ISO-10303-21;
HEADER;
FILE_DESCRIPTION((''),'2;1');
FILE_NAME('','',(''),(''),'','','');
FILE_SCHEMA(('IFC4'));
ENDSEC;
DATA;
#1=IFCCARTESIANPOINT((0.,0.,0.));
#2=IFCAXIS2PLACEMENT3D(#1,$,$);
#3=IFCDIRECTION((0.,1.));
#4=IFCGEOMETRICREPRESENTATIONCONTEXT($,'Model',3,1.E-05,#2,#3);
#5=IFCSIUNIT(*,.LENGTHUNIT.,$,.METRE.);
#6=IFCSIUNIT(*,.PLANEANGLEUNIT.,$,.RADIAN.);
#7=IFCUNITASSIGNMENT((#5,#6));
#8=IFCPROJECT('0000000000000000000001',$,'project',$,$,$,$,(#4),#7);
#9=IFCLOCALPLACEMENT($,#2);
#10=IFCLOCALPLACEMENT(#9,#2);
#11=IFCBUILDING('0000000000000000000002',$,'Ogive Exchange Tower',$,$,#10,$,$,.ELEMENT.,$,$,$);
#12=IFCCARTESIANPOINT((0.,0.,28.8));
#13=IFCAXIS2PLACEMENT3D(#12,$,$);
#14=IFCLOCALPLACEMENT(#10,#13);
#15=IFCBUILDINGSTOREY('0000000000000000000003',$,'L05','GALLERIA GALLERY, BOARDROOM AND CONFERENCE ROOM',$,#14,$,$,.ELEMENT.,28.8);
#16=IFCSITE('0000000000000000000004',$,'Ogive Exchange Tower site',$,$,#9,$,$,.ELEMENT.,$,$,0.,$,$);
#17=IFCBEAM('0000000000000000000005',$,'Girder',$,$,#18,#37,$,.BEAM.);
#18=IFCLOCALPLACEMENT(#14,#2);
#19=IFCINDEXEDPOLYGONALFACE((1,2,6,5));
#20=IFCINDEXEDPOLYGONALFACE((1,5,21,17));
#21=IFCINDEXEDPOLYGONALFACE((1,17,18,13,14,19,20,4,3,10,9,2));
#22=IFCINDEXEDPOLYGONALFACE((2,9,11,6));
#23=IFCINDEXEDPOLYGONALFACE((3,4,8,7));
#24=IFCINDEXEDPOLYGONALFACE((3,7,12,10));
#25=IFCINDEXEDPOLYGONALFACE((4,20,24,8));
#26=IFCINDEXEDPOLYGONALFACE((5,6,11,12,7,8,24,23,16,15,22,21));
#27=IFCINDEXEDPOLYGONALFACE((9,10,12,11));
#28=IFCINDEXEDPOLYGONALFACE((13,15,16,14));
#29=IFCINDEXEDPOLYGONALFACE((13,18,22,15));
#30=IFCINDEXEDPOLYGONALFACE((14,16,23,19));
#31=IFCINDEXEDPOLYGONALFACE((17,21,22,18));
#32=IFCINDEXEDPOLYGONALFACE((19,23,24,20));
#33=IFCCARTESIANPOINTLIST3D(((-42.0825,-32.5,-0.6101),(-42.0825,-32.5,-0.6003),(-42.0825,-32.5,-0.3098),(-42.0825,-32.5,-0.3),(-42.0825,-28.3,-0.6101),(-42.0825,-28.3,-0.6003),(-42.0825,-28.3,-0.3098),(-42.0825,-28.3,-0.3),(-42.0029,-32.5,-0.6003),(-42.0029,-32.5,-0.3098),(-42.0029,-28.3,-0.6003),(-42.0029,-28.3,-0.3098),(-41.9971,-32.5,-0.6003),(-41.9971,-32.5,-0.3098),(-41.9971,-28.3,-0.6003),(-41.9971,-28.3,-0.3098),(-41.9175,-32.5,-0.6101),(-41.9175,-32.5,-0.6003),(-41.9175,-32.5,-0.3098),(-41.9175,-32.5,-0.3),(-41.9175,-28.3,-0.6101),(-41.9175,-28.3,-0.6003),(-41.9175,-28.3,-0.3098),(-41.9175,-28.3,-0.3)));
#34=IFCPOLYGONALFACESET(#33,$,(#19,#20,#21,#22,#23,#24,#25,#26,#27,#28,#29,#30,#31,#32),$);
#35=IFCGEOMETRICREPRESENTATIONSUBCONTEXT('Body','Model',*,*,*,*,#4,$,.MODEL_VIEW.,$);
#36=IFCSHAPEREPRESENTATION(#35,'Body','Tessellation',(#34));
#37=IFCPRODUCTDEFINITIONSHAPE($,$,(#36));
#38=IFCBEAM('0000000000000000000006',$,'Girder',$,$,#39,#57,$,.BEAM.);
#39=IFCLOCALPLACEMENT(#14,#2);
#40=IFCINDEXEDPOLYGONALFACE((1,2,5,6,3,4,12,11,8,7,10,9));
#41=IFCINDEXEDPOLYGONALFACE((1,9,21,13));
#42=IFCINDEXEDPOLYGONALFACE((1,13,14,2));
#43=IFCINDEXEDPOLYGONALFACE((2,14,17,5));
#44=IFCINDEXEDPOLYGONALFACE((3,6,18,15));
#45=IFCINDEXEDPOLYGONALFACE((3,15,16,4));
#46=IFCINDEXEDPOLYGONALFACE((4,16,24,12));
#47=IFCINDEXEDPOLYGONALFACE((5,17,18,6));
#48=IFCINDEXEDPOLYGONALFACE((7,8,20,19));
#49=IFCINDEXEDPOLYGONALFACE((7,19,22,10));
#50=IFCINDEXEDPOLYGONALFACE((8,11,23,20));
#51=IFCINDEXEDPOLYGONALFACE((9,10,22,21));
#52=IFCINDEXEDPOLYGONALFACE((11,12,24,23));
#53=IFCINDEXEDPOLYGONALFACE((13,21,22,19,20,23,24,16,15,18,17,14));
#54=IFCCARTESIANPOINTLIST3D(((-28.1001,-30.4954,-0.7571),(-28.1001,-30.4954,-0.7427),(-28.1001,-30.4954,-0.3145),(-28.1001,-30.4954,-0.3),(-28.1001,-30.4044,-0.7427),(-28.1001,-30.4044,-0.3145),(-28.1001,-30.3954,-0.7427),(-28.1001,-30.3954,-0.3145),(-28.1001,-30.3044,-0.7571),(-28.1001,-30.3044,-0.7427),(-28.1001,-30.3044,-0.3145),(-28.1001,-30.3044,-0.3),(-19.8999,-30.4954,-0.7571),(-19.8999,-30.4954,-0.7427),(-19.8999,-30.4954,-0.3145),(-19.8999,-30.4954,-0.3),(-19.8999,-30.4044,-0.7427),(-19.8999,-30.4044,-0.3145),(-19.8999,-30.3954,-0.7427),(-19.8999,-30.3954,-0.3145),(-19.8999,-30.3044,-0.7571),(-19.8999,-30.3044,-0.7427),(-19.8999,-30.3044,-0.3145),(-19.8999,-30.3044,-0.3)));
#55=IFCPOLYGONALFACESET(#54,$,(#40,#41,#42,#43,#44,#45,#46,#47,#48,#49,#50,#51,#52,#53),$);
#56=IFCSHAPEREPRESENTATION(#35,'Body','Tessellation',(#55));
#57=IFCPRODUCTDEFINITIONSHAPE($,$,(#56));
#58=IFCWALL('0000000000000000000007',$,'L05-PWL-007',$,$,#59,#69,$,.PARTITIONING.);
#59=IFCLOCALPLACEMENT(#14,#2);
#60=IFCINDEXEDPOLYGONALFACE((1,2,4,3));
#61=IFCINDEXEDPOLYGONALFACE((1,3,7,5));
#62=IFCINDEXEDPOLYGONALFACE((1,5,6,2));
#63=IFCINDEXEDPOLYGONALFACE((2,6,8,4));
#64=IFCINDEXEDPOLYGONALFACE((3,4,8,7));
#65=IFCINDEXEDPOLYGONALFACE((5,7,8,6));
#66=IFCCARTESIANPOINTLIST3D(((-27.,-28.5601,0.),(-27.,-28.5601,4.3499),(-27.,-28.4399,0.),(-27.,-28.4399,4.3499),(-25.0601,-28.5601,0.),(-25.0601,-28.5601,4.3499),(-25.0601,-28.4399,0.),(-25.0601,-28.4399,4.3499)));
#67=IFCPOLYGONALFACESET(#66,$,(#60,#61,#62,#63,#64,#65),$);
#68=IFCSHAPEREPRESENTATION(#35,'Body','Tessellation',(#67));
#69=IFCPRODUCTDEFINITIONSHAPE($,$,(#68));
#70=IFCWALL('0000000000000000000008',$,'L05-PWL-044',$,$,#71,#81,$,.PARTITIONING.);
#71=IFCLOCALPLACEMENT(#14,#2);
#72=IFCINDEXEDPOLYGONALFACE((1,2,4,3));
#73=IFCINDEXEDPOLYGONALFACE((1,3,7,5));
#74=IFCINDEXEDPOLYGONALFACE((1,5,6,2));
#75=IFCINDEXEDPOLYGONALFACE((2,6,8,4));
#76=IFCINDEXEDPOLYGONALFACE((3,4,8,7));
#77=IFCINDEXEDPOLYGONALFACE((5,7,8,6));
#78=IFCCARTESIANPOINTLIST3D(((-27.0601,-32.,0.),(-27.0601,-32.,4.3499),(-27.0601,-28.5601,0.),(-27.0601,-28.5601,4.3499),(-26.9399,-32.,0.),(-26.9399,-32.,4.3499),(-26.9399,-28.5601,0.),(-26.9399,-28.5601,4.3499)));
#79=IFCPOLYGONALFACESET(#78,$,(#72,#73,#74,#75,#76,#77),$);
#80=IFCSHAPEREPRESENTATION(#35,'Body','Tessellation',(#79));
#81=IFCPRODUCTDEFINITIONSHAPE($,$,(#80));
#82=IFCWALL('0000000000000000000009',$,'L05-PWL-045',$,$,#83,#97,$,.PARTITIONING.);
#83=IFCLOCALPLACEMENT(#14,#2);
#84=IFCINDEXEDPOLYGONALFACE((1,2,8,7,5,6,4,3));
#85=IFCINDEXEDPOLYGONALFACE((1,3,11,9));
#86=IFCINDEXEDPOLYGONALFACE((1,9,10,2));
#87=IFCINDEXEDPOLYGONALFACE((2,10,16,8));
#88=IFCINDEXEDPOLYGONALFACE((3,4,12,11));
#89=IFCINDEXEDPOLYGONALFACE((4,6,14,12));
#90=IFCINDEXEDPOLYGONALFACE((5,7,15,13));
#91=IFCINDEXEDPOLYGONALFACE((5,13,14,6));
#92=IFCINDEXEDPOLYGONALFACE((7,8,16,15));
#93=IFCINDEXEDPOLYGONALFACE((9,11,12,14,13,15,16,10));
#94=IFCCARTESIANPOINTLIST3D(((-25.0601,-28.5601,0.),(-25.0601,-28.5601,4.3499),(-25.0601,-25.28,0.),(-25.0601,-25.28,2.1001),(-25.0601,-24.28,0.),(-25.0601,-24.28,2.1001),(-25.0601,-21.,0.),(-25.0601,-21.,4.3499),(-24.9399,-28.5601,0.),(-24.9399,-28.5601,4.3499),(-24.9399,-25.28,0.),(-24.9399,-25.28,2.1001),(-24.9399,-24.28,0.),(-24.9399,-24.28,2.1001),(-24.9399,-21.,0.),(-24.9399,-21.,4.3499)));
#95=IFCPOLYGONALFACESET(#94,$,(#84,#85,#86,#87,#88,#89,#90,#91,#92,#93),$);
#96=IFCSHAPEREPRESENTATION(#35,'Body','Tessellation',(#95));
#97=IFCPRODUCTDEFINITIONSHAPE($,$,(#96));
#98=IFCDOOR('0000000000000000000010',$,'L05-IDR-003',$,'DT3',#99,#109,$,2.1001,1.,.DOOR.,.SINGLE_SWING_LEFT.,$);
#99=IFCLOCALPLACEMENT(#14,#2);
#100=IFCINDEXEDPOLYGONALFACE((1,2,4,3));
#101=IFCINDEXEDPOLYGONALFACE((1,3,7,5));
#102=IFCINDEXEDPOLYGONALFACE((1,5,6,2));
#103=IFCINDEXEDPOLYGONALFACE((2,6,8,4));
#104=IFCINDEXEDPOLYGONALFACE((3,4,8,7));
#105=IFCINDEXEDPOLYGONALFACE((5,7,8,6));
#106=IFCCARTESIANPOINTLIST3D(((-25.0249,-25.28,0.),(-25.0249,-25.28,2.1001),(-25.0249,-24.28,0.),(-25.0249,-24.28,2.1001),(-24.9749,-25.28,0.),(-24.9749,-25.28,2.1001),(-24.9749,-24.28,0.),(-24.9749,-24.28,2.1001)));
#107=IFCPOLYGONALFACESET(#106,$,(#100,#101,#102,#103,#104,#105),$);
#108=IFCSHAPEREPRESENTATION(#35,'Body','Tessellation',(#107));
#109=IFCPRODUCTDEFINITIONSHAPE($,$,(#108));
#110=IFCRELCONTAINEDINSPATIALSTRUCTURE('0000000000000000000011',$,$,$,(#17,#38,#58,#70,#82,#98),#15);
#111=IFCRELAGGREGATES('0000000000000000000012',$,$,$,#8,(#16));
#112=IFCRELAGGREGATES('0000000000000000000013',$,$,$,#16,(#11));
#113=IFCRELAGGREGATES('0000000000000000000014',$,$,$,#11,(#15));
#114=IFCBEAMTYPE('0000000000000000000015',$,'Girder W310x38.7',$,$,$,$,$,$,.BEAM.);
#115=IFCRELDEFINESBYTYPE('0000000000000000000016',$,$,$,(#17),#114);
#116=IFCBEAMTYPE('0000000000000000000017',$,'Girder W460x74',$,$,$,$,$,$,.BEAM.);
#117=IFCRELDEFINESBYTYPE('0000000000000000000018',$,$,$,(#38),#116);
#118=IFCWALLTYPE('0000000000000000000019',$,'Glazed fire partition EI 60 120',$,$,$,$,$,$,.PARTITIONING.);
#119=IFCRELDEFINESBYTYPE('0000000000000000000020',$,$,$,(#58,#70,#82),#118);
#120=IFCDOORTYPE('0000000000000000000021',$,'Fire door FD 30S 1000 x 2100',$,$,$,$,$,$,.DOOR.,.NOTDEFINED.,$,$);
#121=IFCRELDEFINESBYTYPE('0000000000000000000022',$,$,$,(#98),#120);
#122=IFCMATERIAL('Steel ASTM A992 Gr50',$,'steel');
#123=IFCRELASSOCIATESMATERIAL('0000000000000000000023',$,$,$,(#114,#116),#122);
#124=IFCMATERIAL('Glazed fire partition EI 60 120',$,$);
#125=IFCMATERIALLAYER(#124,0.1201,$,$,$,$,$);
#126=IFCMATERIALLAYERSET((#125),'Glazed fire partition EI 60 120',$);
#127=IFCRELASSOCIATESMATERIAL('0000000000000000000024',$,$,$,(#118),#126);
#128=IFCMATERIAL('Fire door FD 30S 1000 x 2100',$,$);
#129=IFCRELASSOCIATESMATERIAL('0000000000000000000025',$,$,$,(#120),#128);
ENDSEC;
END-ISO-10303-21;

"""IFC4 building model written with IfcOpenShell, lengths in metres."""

from ifc_helpers import new_model, si_unit, direction, frame, frame_2d, origin, origin_2d, place, context, subcontext, project, spatial, rectangle, i_section, extrude, material, layer, layer_set, material_profile, profile_set, type_object, element, fill, save


model = new_model("IFC4")

# Units and contexts
model_context = context("Model", 3, precision=1e-05, world=origin(), true_north=direction((0.0, 1.0)))
body_context = subcontext(model_context, "Body", "Model", "MODEL_VIEW")
ifc_project = project(units=[si_unit("LENGTHUNIT", "METRE"), si_unit("PLANEANGLEUNIT", "RADIAN")], contexts=[model_context])

# Site, building, storey
site_placement = place(None, origin())
site = spatial("IfcSite", under=ifc_project, at=site_placement, Name="Ogive Exchange Tower site", CompositionType="ELEMENT", RefElevation=0.0)
building_placement = place(site_placement, origin())
building = spatial("IfcBuilding", under=site, at=building_placement, Name="Ogive Exchange Tower", CompositionType="ELEMENT")
storey_placement = place(building_placement, frame((0.0, 0.0, 28.8)))
storey = spatial("IfcBuildingStorey", under=building, at=storey_placement, Name="L05", Description="GALLERIA GALLERY, BOARDROOM AND CONFERENCE ROOM", CompositionType="ELEMENT", Elevation=28.8)

# Beams
ifc_material_1 = material(Name="Steel ASTM A992 Gr50", Category="steel")
ifc_material_profile_1 = material_profile(ifc_material_1, i_section(OverallWidth=0.165, OverallDepth=0.3101, WebThickness=0.0059, FlangeThickness=0.0098, at=origin_2d()), Name="W310x38.7")
ifc_profile_set_1 = profile_set([ifc_material_profile_1], Name="Steel ASTM A992 Gr50")
beam_type_1 = type_object("IfcBeamType", Name="Girder W310x38.7", PredefinedType="BEAM", material=ifc_profile_set_1)
beam_1_placement = place(storey_placement, frame((-42.0, -32.5, -0.4551), z_axis=(0.0, 1.0, 0.0), x_axis=(-1.0, 0.0, 0.0)))
element("IfcBeam", 1, at=beam_1_placement, inside=storey, type_object=beam_type_1, Name="Girder", PredefinedType="BEAM", context=body_context, shape_type="SweptSolid", body=[
    extrude(i_section(OverallWidth=0.165, OverallDepth=0.3101, WebThickness=0.0059, FlangeThickness=0.0098, at=origin_2d()), origin(), (0.0, 0.0, 1.0), 4.2),
])
ifc_material_profile_2 = material_profile(ifc_material_1, i_section(OverallWidth=0.1909, OverallDepth=0.457, WebThickness=0.009, FlangeThickness=0.0144, at=origin_2d()), Name="W460x74")
ifc_profile_set_2 = profile_set([ifc_material_profile_2], Name="Steel ASTM A992 Gr50")
beam_type_2 = type_object("IfcBeamType", Name="Girder W460x74", PredefinedType="BEAM", material=ifc_profile_set_2)
beam_2_placement = place(storey_placement, frame((-28.1001, -30.3999, -0.5286), z_axis=(1.0, 0.0, 0.0), x_axis=(0.0, 1.0, 0.0)))
element("IfcBeam", 2, at=beam_2_placement, inside=storey, type_object=beam_type_2, Name="Girder", PredefinedType="BEAM", context=body_context, shape_type="SweptSolid", body=[
    extrude(i_section(OverallWidth=0.1909, OverallDepth=0.457, WebThickness=0.009, FlangeThickness=0.0144, at=origin_2d()), origin(), (0.0, 0.0, 1.0), 8.2002),
])

# Walls
ifc_material_2 = material(Name="Glazed fire partition EI 60 120")
ifc_layer_1 = layer(ifc_material_2, 0.1201)
ifc_layer_set_1 = layer_set([ifc_layer_1], Name="Glazed fire partition EI 60 120")
wall_type_1 = type_object("IfcWallType", Name="Glazed fire partition EI 60 120", PredefinedType="PARTITIONING", material=ifc_layer_set_1)
wall_1_placement = place(storey_placement, frame((-27.0, -28.5, 0.0), z_axis=(0.0, 0.0, 1.0), x_axis=(1.0, 0.0, 0.0)))
element("IfcWall", 3, at=wall_1_placement, inside=storey, type_object=wall_type_1, Name="L05-PWL-007", PredefinedType="PARTITIONING", context=body_context, shape_type="SweptSolid", body=[
    extrude(rectangle(XDim=1.9399, YDim=0.1201, at=frame_2d((0.97, 0.0))), origin(), (0.0, 0.0, 1.0), 4.3499),
])
wall_2_placement = place(storey_placement, frame((-27.0, -32.0, 0.0), z_axis=(0.0, 0.0, 1.0), x_axis=(0.0, 1.0, 0.0)))
element("IfcWall", 4, at=wall_2_placement, inside=storey, type_object=wall_type_1, Name="L05-PWL-044", PredefinedType="PARTITIONING", context=body_context, shape_type="SweptSolid", body=[
    extrude(rectangle(XDim=3.4399, YDim=0.1201, at=frame_2d((1.72, 0.0))), origin(), (0.0, 0.0, 1.0), 4.3499),
])

# Wall, opening, door
wall_3_placement = place(storey_placement, frame((-25.0, -28.5601, 0.0), z_axis=(0.0, 0.0, 1.0), x_axis=(0.0, 1.0, 0.0)))
wall_3 = element("IfcWall", 5, at=wall_3_placement, inside=storey, type_object=wall_type_1, Name="L05-PWL-045", PredefinedType="PARTITIONING", context=body_context, shape_type="SweptSolid", body=[
    extrude(rectangle(XDim=7.5601, YDim=0.1201, at=frame_2d((3.78, 0.0))), origin(), (0.0, 0.0, 1.0), 4.3499),
])
opening_1_placement = place(wall_3_placement, frame((3.28, 0.0, 0.0)))
opening_1 = element("IfcOpeningElement", 6, at=opening_1_placement, cuts=wall_3, PredefinedType="OPENING", context=body_context, shape_type="SweptSolid", body=[
    extrude(rectangle(XDim=1.0, YDim=2.1001, at=frame_2d((0.5, 1.05))), frame((0.0, 0.0701, 0.0), z_axis=(0.0, -1.0, 0.0), x_axis=(1.0, 0.0, 0.0)), (0.0, 0.0, 1.0), 0.1401),
])
ifc_material_3 = material(Name="Fire door FD 30S 1000 x 2100")
door_type = type_object("IfcDoorType", Name="Fire door FD 30S 1000 x 2100", OperationType="NOTDEFINED", PredefinedType="DOOR", material=ifc_material_3)
door_placement = place(opening_1_placement, origin())
door = element("IfcDoor", 7, at=door_placement, inside=storey, type_object=door_type, Name="L05-IDR-003", ObjectType="DT3", OperationType="SINGLE_SWING_LEFT", OverallHeight=2.1001, OverallWidth=1.0, PredefinedType="DOOR", context=body_context, shape_type="SweptSolid", body=[
    extrude(rectangle(XDim=1.0, YDim=2.1001, at=frame_2d((0.5, 1.05))), frame((0.0, 0.0249, 0.0), z_axis=(0.0, -1.0, 0.0), x_axis=(1.0, 0.0, 0.0)), (0.0, 0.0, 1.0), 0.05),
])
fill(opening_1, door)

save(model, "model.ifc")
